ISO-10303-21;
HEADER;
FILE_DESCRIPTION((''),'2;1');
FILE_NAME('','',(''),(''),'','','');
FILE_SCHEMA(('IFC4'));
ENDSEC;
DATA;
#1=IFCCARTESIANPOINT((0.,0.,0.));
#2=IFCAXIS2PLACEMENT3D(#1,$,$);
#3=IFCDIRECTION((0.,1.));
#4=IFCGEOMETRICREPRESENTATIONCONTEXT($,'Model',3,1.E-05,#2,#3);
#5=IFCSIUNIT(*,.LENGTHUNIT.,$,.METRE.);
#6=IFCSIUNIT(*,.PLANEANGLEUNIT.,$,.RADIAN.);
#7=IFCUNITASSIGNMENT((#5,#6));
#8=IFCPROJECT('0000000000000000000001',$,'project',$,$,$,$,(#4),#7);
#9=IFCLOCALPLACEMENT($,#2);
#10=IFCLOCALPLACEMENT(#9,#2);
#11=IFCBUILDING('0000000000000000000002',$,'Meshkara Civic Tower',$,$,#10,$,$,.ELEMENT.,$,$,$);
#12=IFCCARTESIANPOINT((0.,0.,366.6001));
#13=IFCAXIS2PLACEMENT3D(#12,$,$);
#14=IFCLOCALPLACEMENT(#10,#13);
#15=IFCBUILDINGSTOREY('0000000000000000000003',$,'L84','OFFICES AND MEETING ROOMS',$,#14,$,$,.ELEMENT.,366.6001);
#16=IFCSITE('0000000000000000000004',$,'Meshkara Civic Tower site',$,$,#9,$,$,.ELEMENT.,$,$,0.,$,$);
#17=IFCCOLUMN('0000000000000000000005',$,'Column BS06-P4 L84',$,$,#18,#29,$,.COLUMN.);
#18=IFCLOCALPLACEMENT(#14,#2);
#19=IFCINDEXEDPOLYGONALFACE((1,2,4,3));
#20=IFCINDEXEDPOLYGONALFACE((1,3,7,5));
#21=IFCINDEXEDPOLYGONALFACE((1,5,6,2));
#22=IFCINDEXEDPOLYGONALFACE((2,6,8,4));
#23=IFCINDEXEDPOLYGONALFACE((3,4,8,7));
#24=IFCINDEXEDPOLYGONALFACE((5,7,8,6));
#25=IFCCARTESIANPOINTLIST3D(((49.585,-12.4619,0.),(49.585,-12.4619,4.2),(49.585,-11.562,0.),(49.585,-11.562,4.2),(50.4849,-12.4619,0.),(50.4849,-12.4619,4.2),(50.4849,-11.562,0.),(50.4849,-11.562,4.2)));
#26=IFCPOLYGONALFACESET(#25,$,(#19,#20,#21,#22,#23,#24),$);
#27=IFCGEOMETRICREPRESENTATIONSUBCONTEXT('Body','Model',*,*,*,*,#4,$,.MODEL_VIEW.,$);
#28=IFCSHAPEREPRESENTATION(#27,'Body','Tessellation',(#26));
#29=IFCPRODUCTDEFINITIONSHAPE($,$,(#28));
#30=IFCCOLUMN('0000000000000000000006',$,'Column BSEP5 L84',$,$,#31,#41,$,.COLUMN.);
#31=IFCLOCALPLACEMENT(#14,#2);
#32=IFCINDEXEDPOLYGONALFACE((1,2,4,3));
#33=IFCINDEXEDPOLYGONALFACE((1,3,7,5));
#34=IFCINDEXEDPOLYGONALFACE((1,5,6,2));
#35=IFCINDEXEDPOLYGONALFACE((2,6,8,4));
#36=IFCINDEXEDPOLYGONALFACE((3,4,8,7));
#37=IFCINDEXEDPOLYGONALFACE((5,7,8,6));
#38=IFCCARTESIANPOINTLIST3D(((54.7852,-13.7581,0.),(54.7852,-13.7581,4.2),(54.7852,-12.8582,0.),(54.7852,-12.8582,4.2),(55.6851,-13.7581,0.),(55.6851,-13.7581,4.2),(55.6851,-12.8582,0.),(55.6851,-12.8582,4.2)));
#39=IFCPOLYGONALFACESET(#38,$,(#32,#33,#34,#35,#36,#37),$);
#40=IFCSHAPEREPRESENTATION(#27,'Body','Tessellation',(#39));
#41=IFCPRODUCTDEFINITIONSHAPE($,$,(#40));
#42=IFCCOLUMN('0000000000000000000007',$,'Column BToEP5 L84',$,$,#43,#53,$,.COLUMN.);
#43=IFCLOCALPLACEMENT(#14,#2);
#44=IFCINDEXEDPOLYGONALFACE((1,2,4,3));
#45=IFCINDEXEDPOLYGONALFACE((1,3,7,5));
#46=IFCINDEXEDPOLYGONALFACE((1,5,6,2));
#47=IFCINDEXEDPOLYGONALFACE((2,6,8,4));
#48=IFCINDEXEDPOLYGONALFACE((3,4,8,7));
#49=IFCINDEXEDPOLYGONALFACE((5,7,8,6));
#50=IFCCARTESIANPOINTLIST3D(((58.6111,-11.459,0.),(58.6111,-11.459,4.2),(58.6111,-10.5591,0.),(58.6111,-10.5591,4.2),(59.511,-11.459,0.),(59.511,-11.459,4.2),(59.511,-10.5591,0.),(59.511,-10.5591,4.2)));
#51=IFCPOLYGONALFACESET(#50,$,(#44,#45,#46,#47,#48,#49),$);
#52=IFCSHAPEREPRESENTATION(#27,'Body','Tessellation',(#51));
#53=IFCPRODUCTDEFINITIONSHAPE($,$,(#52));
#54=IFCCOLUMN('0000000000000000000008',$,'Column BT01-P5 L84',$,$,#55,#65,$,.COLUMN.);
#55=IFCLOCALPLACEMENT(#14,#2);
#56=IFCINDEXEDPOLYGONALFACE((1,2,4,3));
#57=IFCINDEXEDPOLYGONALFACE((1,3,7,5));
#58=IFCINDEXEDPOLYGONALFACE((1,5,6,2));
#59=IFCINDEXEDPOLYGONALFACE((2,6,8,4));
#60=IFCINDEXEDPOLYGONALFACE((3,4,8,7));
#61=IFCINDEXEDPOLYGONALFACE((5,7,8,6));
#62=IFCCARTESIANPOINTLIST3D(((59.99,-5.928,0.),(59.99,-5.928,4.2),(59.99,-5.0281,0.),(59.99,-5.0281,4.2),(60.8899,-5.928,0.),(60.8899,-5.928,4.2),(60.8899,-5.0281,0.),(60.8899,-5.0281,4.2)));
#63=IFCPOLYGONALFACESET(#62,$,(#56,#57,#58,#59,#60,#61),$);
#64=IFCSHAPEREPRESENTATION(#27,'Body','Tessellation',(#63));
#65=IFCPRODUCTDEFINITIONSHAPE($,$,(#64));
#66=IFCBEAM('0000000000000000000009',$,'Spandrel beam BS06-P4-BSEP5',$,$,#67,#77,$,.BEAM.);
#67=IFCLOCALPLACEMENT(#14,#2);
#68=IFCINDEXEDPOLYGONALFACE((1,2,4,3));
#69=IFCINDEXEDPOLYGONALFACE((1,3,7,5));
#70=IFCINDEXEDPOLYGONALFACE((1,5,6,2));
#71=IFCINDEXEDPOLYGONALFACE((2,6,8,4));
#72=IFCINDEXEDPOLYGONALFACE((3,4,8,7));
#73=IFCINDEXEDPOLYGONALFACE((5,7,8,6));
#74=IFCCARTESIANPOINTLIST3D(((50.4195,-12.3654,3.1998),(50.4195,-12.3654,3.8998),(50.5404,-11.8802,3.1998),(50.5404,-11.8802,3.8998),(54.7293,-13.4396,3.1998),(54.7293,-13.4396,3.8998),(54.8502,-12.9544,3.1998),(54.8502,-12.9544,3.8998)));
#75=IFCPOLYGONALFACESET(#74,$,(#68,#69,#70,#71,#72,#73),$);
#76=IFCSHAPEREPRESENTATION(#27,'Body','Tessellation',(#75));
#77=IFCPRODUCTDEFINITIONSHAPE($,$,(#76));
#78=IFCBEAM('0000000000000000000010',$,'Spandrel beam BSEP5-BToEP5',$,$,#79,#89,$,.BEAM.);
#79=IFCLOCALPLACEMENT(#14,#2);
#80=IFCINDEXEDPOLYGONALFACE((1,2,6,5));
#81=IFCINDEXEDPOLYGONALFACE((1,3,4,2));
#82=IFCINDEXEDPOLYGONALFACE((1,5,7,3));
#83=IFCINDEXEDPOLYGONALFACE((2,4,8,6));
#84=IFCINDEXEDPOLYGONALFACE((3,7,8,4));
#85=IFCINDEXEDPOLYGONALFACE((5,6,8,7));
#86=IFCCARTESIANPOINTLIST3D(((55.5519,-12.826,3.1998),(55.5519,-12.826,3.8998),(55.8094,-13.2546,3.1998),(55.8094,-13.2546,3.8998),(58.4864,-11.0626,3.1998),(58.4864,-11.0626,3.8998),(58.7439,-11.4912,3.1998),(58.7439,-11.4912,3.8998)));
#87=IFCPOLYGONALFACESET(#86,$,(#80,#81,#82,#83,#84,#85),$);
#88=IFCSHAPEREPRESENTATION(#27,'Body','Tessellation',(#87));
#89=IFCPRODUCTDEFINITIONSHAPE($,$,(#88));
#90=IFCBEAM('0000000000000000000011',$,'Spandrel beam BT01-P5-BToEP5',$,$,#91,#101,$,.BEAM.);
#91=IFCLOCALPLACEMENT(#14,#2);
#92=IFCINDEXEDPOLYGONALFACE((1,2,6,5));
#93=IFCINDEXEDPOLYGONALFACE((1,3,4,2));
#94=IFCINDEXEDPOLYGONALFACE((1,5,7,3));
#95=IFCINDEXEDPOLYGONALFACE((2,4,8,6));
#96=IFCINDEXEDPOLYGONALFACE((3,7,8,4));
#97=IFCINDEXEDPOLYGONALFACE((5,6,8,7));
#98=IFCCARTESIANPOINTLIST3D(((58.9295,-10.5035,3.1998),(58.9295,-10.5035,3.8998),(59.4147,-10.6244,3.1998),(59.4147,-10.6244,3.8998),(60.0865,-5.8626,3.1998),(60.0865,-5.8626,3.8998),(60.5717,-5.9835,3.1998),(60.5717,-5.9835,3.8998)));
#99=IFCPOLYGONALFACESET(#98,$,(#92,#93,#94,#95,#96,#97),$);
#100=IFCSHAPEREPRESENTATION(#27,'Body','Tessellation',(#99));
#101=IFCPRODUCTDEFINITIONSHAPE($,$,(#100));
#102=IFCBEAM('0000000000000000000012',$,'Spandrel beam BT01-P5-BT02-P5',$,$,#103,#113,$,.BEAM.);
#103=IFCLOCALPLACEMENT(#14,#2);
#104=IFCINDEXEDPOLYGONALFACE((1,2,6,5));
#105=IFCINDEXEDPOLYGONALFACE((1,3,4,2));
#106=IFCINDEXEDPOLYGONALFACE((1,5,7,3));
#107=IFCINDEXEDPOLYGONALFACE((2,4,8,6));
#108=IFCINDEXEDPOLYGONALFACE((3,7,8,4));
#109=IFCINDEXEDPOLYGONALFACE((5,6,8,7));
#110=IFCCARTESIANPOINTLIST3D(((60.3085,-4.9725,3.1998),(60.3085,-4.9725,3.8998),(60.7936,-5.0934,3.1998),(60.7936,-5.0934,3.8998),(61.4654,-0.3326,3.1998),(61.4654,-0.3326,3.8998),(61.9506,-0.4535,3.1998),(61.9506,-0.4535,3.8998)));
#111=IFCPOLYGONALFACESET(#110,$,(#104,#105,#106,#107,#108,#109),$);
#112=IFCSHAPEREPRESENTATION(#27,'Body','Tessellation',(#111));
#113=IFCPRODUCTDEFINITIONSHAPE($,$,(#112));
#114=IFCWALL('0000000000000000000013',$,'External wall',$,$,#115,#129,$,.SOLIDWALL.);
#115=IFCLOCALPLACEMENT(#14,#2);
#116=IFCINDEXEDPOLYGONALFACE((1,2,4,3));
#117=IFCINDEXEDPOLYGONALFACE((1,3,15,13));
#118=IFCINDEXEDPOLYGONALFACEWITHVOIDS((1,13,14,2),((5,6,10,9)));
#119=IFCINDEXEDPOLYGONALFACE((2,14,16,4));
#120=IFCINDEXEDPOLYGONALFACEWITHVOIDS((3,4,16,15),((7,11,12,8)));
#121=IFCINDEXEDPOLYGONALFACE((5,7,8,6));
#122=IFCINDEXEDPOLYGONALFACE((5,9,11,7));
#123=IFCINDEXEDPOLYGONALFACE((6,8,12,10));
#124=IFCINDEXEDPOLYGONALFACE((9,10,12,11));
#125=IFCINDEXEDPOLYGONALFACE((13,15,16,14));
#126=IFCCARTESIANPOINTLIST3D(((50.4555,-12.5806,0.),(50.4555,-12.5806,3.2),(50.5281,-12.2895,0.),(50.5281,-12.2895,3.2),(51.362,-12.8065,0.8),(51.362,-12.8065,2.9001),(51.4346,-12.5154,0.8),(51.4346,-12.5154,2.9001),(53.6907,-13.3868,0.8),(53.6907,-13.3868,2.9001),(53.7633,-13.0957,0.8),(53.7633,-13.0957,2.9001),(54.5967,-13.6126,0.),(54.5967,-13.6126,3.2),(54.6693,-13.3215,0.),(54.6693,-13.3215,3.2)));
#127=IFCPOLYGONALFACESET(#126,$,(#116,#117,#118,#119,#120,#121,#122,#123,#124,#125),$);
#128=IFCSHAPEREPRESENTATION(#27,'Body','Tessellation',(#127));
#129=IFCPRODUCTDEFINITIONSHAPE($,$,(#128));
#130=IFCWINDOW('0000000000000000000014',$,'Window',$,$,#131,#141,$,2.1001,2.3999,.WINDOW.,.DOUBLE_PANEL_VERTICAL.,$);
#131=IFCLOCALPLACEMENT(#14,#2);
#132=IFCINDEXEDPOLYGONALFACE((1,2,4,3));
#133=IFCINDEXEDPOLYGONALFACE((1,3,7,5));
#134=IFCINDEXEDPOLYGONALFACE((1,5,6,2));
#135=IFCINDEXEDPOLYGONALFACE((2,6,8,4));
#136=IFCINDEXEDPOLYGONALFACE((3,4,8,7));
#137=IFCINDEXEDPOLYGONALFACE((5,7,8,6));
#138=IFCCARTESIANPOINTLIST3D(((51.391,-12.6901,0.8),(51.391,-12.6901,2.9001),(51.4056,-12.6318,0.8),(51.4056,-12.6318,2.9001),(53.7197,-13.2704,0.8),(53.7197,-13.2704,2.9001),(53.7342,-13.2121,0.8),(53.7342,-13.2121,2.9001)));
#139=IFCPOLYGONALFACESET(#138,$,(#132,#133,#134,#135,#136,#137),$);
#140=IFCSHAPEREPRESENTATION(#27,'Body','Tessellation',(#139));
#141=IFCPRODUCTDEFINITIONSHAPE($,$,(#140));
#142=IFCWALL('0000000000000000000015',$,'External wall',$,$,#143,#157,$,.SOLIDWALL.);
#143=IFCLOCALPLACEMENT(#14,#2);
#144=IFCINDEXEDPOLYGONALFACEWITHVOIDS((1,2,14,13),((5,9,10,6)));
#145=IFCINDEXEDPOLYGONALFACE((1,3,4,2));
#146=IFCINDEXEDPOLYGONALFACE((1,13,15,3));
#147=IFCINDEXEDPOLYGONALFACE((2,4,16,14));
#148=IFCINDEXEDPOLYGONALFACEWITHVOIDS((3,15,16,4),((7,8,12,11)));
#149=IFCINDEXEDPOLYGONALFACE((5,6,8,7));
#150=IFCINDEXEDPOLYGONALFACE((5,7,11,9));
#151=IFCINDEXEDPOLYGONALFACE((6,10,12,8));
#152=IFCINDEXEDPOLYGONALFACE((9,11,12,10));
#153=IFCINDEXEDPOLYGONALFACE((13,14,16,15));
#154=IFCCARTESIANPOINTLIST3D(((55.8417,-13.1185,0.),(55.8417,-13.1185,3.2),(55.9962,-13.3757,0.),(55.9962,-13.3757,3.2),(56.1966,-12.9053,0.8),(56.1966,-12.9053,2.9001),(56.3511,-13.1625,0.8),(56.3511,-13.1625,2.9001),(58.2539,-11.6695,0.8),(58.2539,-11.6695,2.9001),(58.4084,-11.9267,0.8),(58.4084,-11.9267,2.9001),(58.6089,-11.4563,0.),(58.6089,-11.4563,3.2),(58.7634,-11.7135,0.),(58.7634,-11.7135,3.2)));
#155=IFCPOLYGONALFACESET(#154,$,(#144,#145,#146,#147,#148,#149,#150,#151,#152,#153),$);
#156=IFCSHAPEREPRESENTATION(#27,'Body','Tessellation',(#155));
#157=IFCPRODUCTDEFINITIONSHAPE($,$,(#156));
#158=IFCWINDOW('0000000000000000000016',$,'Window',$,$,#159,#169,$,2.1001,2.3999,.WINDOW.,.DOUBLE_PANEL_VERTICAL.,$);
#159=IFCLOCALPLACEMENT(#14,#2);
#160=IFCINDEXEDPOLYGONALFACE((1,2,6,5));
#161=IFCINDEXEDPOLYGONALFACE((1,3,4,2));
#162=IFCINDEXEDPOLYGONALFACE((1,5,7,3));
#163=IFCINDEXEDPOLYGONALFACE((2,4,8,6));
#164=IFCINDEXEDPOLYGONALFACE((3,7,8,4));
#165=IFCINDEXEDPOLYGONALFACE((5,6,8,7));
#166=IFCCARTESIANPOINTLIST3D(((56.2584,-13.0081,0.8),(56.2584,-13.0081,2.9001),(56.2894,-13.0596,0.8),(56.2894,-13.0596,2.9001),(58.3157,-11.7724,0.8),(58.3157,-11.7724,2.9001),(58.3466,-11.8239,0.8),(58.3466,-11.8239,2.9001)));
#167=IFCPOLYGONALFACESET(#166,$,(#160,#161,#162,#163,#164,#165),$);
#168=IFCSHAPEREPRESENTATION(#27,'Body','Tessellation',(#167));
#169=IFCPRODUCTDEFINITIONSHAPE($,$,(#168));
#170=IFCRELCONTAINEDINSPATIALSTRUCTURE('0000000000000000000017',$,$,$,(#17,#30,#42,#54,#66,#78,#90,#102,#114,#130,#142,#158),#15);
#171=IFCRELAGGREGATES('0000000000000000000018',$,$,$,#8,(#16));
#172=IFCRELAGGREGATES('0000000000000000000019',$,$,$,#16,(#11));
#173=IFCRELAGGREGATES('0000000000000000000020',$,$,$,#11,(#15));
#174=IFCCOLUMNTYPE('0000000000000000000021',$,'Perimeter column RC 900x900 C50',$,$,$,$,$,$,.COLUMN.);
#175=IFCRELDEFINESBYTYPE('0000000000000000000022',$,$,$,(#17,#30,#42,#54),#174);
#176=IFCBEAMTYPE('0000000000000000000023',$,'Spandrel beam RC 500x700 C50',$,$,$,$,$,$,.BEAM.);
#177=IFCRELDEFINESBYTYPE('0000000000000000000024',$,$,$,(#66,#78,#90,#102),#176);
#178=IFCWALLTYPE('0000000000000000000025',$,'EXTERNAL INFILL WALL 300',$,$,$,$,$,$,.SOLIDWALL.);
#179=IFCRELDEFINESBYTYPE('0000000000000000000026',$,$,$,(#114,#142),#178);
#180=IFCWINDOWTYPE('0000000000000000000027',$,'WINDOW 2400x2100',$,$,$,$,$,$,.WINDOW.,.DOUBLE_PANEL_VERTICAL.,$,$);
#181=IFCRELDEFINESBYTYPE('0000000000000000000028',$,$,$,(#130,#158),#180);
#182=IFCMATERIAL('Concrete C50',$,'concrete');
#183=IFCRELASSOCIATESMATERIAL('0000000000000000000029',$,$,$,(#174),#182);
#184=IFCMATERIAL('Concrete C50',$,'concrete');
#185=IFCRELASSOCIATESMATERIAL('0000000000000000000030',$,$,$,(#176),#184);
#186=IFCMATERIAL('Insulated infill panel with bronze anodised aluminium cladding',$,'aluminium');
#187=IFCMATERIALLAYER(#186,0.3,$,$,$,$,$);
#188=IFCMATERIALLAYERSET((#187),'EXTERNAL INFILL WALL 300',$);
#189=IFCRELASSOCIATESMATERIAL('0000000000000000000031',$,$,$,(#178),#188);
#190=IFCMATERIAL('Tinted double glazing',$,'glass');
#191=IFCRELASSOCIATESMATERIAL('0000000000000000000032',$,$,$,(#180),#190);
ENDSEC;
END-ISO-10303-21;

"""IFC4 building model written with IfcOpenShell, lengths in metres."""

from ifc_helpers import new_model, si_unit, direction, frame, frame_2d, origin, origin_2d, place, context, subcontext, project, spatial, rectangle, extrude, material, layer, layer_set, material_profile, profile_set, type_object, element, fill, save


model = new_model("IFC4")

# Units and contexts
model_context = context("Model", 3, precision=1e-05, world=origin(), true_north=direction((0.0, 1.0)))
body_context = subcontext(model_context, "Body", "Model", "MODEL_VIEW")
ifc_project = project(units=[si_unit("LENGTHUNIT", "METRE"), si_unit("PLANEANGLEUNIT", "RADIAN")], contexts=[model_context])

# Site, building, storey
site_placement = place(None, origin())
site = spatial("IfcSite", under=ifc_project, at=site_placement, Name="Meshkara Civic Tower site", CompositionType="ELEMENT", RefElevation=0.0)
building_placement = place(site_placement, origin())
building = spatial("IfcBuilding", under=site, at=building_placement, Name="Meshkara Civic Tower", CompositionType="ELEMENT")
storey_placement = place(building_placement, frame((0.0, 0.0, 366.6001)))
storey = spatial("IfcBuildingStorey", under=building, at=storey_placement, Name="L84", Description="OFFICES AND MEETING ROOMS", CompositionType="ELEMENT", Elevation=366.6001)

# Columns
ifc_material_1 = material(Name="Concrete C50", Category="concrete")
ifc_material_profile_1 = material_profile(ifc_material_1, rectangle(XDim=0.8999, YDim=0.8999, at=origin_2d()))
ifc_profile_set_1 = profile_set([ifc_material_profile_1], Name="Concrete C50")
column_type = type_object("IfcColumnType", Name="Perimeter column RC 900x900 C50", PredefinedType="COLUMN", material=ifc_profile_set_1)
for number, where, z_axis, x_axis, name in (
    (1, (50.0349, -12.012, 0.0), (0.0, 0.0, 1.0), (1.0, 0.0, 0.0), "Column BS06-P4 L84"),
    (2, (55.2351, -13.3081, 0.0), (0.0, 0.0, 1.0), (1.0, 0.0, 0.0), "Column BSEP5 L84"),
    (3, (59.061, -11.009, 0.0), (0.0, 0.0, 1.0), (1.0, 0.0, 0.0), "Column BToEP5 L84"),
    (4, (60.4399, -5.478, 0.0), (0.0, 0.0, 1.0), (1.0, 0.0, 0.0), "Column BT01-P5 L84"),
):
    element("IfcColumn", number, at=place(storey_placement, frame(where, z_axis=z_axis, x_axis=x_axis)), inside=storey, type_object=column_type, Name=name, PredefinedType="COLUMN", context=body_context, shape_type="SweptSolid", body=[
        extrude(rectangle(XDim=0.8999, YDim=0.8999, at=origin_2d()), origin(), (0.0, 0.0, 1.0), 4.2),
    ])

# Beams
ifc_material_2 = material(Name="Concrete C50", Category="concrete")
ifc_material_profile_2 = material_profile(ifc_material_2, rectangle(XDim=0.5, YDim=0.7, at=origin_2d()))
ifc_profile_set_2 = profile_set([ifc_material_profile_2], Name="Concrete C50")
beam_type = type_object("IfcBeamType", Name="Spandrel beam RC 500x700 C50", PredefinedType="BEAM", material=ifc_profile_set_2)
beam_1_placement = place(storey_placement, frame((50.48, -12.1228, 3.5498), z_axis=(0.970314, -0.24185, 0.0), x_axis=(0.24185, 0.970314, 0.0)))
element("IfcBeam", 5, at=beam_1_placement, inside=storey, type_object=beam_type, Name="Spandrel beam BS06-P4-BSEP5", PredefinedType="BEAM", context=body_context, shape_type="SweptSolid", body=[
    extrude(rectangle(XDim=0.5, YDim=0.7, at=origin_2d()), origin(), (0.0, 0.0, 1.0), 4.4417),
])
beam_2_placement = place(storey_placement, frame((55.6807, -13.0403, 3.5498), z_axis=(0.857147, 0.515072, 0.0), x_axis=(-0.515072, 0.857147, 0.0)))
element("IfcBeam", 6, at=beam_2_placement, inside=storey, type_object=beam_type, Name="Spandrel beam BSEP5-BToEP5", PredefinedType="BEAM", context=body_context, shape_type="SweptSolid", body=[
    extrude(rectangle(XDim=0.5, YDim=0.7, at=origin_2d()), origin(), (0.0, 0.0, 1.0), 3.4236),
])
beam_3_placement = place(storey_placement, frame((59.1721, -10.564, 3.5498), z_axis=(0.241899, 0.970301, 0.0), x_axis=(-0.970301, 0.241899, 0.0)))
element("IfcBeam", 7, at=beam_3_placement, inside=storey, type_object=beam_type, Name="Spandrel beam BT01-P5-BToEP5", PredefinedType="BEAM", context=body_context, shape_type="SweptSolid", body=[
    extrude(rectangle(XDim=0.5, YDim=0.7, at=origin_2d()), origin(), (0.0, 0.0, 1.0), 4.783),
])
beam_4_placement = place(storey_placement, frame((60.551, -5.033, 3.5498), z_axis=(0.241947, 0.970289, 0.0), x_axis=(-0.970289, 0.241947, 0.0)))
element("IfcBeam", 8, at=beam_4_placement, inside=storey, type_object=beam_type, Name="Spandrel beam BT01-P5-BT02-P5", PredefinedType="BEAM", context=body_context, shape_type="SweptSolid", body=[
    extrude(rectangle(XDim=0.5, YDim=0.7, at=origin_2d()), origin(), (0.0, 0.0, 1.0), 4.782),
])

# Walls, openings, windows
ifc_material_3 = material(Name="Insulated infill panel with bronze anodised aluminium cladding", Category="aluminium")
ifc_layer_1 = layer(ifc_material_3, 0.3)
ifc_layer_set_1 = layer_set([ifc_layer_1], Name="EXTERNAL INFILL WALL 300")
wall_type_1 = type_object("IfcWallType", Name="EXTERNAL INFILL WALL 300", PredefinedType="SOLIDWALL", material=ifc_layer_set_1)
wall_1_placement = place(storey_placement, frame((50.4919, -12.4351, 0.0), z_axis=(0.0, 0.0, 1.0), x_axis=(0.970324, -0.241809, 0.0)))
wall_1 = element("IfcWall", 9, at=wall_1_placement, inside=storey, type_object=wall_type_1, Name="External wall", PredefinedType="SOLIDWALL", context=body_context, shape_type="SweptSolid", body=[
    extrude(rectangle(XDim=4.2678, YDim=0.3, at=frame_2d((2.1338, 0.0))), origin(), (0.0, 0.0, 1.0), 3.2),
])
opening_1_placement = place(wall_1_placement, frame((0.9341, 0.0, 0.8)))
opening_1 = element("IfcOpeningElement", 10, at=opening_1_placement, cuts=wall_1, PredefinedType="OPENING", context=body_context, shape_type="SweptSolid", body=[
    extrude(rectangle(XDim=2.3999, YDim=2.1001, at=frame_2d((1.2, 1.05))), frame((0.0, 0.1599, 0.0), z_axis=(0.0, -1.0, 0.0), x_axis=(1.0, 0.0, 0.0)), (0.0, 0.0, 1.0), 0.3201),
])
ifc_material_4 = material(Name="Tinted double glazing", Category="glass")
window_type = type_object("IfcWindowType", Name="WINDOW 2400x2100", PartitioningType="DOUBLE_PANEL_VERTICAL", PredefinedType="WINDOW", material=ifc_material_4)
window_1_placement = place(opening_1_placement, origin())
window_1 = element("IfcWindow", 11, at=window_1_placement, inside=storey, type_object=window_type, Name="Window", OverallHeight=2.1001, OverallWidth=2.3999, PartitioningType="DOUBLE_PANEL_VERTICAL", PredefinedType="WINDOW", context=body_context, shape_type="SweptSolid", body=[
    extrude(rectangle(XDim=2.3999, YDim=2.1001, at=frame_2d((1.2, 1.05))), frame((0.0, 0.03, 0.0), z_axis=(0.0, -1.0, 0.0), x_axis=(1.0, 0.0, 0.0)), (0.0, 0.0, 1.0), 0.0601),
])
fill(opening_1, window_1)
wall_2_placement = place(storey_placement, frame((55.9189, -13.2471, 0.0), z_axis=(0.0, 0.0, 1.0), x_axis=(0.857239, 0.514918, 0.0)))
wall_2 = element("IfcWall", 12, at=wall_2_placement, inside=storey, type_object=wall_type_1, Name="External wall", PredefinedType="SOLIDWALL", context=body_context, shape_type="SweptSolid", body=[
    extrude(rectangle(XDim=3.228, YDim=0.3, at=frame_2d((1.614, 0.0))), origin(), (0.0, 0.0, 1.0), 3.2),
])
opening_2_placement = place(wall_2_placement, frame((0.4141, 0.0, 0.8)))
opening_2 = element("IfcOpeningElement", 13, at=opening_2_placement, cuts=wall_2, PredefinedType="OPENING", context=body_context, shape_type="SweptSolid", body=[
    extrude(rectangle(XDim=2.3999, YDim=2.1001, at=frame_2d((1.2, 1.05))), frame((0.0, 0.1599, 0.0), z_axis=(0.0, -1.0, 0.0), x_axis=(1.0, 0.0, 0.0)), (0.0, 0.0, 1.0), 0.3201),
])
window_2_placement = place(opening_2_placement, origin())
window_2 = element("IfcWindow", 14, at=window_2_placement, inside=storey, type_object=window_type, Name="Window", OverallHeight=2.1001, OverallWidth=2.3999, PartitioningType="DOUBLE_PANEL_VERTICAL", PredefinedType="WINDOW", context=body_context, shape_type="SweptSolid", body=[
    extrude(rectangle(XDim=2.3999, YDim=2.1001, at=frame_2d((1.2, 1.05))), frame((0.0, 0.03, 0.0), z_axis=(0.0, -1.0, 0.0), x_axis=(1.0, 0.0, 0.0)), (0.0, 0.0, 1.0), 0.0601),
])
fill(opening_2, window_2)

save(model, "model.ifc")
